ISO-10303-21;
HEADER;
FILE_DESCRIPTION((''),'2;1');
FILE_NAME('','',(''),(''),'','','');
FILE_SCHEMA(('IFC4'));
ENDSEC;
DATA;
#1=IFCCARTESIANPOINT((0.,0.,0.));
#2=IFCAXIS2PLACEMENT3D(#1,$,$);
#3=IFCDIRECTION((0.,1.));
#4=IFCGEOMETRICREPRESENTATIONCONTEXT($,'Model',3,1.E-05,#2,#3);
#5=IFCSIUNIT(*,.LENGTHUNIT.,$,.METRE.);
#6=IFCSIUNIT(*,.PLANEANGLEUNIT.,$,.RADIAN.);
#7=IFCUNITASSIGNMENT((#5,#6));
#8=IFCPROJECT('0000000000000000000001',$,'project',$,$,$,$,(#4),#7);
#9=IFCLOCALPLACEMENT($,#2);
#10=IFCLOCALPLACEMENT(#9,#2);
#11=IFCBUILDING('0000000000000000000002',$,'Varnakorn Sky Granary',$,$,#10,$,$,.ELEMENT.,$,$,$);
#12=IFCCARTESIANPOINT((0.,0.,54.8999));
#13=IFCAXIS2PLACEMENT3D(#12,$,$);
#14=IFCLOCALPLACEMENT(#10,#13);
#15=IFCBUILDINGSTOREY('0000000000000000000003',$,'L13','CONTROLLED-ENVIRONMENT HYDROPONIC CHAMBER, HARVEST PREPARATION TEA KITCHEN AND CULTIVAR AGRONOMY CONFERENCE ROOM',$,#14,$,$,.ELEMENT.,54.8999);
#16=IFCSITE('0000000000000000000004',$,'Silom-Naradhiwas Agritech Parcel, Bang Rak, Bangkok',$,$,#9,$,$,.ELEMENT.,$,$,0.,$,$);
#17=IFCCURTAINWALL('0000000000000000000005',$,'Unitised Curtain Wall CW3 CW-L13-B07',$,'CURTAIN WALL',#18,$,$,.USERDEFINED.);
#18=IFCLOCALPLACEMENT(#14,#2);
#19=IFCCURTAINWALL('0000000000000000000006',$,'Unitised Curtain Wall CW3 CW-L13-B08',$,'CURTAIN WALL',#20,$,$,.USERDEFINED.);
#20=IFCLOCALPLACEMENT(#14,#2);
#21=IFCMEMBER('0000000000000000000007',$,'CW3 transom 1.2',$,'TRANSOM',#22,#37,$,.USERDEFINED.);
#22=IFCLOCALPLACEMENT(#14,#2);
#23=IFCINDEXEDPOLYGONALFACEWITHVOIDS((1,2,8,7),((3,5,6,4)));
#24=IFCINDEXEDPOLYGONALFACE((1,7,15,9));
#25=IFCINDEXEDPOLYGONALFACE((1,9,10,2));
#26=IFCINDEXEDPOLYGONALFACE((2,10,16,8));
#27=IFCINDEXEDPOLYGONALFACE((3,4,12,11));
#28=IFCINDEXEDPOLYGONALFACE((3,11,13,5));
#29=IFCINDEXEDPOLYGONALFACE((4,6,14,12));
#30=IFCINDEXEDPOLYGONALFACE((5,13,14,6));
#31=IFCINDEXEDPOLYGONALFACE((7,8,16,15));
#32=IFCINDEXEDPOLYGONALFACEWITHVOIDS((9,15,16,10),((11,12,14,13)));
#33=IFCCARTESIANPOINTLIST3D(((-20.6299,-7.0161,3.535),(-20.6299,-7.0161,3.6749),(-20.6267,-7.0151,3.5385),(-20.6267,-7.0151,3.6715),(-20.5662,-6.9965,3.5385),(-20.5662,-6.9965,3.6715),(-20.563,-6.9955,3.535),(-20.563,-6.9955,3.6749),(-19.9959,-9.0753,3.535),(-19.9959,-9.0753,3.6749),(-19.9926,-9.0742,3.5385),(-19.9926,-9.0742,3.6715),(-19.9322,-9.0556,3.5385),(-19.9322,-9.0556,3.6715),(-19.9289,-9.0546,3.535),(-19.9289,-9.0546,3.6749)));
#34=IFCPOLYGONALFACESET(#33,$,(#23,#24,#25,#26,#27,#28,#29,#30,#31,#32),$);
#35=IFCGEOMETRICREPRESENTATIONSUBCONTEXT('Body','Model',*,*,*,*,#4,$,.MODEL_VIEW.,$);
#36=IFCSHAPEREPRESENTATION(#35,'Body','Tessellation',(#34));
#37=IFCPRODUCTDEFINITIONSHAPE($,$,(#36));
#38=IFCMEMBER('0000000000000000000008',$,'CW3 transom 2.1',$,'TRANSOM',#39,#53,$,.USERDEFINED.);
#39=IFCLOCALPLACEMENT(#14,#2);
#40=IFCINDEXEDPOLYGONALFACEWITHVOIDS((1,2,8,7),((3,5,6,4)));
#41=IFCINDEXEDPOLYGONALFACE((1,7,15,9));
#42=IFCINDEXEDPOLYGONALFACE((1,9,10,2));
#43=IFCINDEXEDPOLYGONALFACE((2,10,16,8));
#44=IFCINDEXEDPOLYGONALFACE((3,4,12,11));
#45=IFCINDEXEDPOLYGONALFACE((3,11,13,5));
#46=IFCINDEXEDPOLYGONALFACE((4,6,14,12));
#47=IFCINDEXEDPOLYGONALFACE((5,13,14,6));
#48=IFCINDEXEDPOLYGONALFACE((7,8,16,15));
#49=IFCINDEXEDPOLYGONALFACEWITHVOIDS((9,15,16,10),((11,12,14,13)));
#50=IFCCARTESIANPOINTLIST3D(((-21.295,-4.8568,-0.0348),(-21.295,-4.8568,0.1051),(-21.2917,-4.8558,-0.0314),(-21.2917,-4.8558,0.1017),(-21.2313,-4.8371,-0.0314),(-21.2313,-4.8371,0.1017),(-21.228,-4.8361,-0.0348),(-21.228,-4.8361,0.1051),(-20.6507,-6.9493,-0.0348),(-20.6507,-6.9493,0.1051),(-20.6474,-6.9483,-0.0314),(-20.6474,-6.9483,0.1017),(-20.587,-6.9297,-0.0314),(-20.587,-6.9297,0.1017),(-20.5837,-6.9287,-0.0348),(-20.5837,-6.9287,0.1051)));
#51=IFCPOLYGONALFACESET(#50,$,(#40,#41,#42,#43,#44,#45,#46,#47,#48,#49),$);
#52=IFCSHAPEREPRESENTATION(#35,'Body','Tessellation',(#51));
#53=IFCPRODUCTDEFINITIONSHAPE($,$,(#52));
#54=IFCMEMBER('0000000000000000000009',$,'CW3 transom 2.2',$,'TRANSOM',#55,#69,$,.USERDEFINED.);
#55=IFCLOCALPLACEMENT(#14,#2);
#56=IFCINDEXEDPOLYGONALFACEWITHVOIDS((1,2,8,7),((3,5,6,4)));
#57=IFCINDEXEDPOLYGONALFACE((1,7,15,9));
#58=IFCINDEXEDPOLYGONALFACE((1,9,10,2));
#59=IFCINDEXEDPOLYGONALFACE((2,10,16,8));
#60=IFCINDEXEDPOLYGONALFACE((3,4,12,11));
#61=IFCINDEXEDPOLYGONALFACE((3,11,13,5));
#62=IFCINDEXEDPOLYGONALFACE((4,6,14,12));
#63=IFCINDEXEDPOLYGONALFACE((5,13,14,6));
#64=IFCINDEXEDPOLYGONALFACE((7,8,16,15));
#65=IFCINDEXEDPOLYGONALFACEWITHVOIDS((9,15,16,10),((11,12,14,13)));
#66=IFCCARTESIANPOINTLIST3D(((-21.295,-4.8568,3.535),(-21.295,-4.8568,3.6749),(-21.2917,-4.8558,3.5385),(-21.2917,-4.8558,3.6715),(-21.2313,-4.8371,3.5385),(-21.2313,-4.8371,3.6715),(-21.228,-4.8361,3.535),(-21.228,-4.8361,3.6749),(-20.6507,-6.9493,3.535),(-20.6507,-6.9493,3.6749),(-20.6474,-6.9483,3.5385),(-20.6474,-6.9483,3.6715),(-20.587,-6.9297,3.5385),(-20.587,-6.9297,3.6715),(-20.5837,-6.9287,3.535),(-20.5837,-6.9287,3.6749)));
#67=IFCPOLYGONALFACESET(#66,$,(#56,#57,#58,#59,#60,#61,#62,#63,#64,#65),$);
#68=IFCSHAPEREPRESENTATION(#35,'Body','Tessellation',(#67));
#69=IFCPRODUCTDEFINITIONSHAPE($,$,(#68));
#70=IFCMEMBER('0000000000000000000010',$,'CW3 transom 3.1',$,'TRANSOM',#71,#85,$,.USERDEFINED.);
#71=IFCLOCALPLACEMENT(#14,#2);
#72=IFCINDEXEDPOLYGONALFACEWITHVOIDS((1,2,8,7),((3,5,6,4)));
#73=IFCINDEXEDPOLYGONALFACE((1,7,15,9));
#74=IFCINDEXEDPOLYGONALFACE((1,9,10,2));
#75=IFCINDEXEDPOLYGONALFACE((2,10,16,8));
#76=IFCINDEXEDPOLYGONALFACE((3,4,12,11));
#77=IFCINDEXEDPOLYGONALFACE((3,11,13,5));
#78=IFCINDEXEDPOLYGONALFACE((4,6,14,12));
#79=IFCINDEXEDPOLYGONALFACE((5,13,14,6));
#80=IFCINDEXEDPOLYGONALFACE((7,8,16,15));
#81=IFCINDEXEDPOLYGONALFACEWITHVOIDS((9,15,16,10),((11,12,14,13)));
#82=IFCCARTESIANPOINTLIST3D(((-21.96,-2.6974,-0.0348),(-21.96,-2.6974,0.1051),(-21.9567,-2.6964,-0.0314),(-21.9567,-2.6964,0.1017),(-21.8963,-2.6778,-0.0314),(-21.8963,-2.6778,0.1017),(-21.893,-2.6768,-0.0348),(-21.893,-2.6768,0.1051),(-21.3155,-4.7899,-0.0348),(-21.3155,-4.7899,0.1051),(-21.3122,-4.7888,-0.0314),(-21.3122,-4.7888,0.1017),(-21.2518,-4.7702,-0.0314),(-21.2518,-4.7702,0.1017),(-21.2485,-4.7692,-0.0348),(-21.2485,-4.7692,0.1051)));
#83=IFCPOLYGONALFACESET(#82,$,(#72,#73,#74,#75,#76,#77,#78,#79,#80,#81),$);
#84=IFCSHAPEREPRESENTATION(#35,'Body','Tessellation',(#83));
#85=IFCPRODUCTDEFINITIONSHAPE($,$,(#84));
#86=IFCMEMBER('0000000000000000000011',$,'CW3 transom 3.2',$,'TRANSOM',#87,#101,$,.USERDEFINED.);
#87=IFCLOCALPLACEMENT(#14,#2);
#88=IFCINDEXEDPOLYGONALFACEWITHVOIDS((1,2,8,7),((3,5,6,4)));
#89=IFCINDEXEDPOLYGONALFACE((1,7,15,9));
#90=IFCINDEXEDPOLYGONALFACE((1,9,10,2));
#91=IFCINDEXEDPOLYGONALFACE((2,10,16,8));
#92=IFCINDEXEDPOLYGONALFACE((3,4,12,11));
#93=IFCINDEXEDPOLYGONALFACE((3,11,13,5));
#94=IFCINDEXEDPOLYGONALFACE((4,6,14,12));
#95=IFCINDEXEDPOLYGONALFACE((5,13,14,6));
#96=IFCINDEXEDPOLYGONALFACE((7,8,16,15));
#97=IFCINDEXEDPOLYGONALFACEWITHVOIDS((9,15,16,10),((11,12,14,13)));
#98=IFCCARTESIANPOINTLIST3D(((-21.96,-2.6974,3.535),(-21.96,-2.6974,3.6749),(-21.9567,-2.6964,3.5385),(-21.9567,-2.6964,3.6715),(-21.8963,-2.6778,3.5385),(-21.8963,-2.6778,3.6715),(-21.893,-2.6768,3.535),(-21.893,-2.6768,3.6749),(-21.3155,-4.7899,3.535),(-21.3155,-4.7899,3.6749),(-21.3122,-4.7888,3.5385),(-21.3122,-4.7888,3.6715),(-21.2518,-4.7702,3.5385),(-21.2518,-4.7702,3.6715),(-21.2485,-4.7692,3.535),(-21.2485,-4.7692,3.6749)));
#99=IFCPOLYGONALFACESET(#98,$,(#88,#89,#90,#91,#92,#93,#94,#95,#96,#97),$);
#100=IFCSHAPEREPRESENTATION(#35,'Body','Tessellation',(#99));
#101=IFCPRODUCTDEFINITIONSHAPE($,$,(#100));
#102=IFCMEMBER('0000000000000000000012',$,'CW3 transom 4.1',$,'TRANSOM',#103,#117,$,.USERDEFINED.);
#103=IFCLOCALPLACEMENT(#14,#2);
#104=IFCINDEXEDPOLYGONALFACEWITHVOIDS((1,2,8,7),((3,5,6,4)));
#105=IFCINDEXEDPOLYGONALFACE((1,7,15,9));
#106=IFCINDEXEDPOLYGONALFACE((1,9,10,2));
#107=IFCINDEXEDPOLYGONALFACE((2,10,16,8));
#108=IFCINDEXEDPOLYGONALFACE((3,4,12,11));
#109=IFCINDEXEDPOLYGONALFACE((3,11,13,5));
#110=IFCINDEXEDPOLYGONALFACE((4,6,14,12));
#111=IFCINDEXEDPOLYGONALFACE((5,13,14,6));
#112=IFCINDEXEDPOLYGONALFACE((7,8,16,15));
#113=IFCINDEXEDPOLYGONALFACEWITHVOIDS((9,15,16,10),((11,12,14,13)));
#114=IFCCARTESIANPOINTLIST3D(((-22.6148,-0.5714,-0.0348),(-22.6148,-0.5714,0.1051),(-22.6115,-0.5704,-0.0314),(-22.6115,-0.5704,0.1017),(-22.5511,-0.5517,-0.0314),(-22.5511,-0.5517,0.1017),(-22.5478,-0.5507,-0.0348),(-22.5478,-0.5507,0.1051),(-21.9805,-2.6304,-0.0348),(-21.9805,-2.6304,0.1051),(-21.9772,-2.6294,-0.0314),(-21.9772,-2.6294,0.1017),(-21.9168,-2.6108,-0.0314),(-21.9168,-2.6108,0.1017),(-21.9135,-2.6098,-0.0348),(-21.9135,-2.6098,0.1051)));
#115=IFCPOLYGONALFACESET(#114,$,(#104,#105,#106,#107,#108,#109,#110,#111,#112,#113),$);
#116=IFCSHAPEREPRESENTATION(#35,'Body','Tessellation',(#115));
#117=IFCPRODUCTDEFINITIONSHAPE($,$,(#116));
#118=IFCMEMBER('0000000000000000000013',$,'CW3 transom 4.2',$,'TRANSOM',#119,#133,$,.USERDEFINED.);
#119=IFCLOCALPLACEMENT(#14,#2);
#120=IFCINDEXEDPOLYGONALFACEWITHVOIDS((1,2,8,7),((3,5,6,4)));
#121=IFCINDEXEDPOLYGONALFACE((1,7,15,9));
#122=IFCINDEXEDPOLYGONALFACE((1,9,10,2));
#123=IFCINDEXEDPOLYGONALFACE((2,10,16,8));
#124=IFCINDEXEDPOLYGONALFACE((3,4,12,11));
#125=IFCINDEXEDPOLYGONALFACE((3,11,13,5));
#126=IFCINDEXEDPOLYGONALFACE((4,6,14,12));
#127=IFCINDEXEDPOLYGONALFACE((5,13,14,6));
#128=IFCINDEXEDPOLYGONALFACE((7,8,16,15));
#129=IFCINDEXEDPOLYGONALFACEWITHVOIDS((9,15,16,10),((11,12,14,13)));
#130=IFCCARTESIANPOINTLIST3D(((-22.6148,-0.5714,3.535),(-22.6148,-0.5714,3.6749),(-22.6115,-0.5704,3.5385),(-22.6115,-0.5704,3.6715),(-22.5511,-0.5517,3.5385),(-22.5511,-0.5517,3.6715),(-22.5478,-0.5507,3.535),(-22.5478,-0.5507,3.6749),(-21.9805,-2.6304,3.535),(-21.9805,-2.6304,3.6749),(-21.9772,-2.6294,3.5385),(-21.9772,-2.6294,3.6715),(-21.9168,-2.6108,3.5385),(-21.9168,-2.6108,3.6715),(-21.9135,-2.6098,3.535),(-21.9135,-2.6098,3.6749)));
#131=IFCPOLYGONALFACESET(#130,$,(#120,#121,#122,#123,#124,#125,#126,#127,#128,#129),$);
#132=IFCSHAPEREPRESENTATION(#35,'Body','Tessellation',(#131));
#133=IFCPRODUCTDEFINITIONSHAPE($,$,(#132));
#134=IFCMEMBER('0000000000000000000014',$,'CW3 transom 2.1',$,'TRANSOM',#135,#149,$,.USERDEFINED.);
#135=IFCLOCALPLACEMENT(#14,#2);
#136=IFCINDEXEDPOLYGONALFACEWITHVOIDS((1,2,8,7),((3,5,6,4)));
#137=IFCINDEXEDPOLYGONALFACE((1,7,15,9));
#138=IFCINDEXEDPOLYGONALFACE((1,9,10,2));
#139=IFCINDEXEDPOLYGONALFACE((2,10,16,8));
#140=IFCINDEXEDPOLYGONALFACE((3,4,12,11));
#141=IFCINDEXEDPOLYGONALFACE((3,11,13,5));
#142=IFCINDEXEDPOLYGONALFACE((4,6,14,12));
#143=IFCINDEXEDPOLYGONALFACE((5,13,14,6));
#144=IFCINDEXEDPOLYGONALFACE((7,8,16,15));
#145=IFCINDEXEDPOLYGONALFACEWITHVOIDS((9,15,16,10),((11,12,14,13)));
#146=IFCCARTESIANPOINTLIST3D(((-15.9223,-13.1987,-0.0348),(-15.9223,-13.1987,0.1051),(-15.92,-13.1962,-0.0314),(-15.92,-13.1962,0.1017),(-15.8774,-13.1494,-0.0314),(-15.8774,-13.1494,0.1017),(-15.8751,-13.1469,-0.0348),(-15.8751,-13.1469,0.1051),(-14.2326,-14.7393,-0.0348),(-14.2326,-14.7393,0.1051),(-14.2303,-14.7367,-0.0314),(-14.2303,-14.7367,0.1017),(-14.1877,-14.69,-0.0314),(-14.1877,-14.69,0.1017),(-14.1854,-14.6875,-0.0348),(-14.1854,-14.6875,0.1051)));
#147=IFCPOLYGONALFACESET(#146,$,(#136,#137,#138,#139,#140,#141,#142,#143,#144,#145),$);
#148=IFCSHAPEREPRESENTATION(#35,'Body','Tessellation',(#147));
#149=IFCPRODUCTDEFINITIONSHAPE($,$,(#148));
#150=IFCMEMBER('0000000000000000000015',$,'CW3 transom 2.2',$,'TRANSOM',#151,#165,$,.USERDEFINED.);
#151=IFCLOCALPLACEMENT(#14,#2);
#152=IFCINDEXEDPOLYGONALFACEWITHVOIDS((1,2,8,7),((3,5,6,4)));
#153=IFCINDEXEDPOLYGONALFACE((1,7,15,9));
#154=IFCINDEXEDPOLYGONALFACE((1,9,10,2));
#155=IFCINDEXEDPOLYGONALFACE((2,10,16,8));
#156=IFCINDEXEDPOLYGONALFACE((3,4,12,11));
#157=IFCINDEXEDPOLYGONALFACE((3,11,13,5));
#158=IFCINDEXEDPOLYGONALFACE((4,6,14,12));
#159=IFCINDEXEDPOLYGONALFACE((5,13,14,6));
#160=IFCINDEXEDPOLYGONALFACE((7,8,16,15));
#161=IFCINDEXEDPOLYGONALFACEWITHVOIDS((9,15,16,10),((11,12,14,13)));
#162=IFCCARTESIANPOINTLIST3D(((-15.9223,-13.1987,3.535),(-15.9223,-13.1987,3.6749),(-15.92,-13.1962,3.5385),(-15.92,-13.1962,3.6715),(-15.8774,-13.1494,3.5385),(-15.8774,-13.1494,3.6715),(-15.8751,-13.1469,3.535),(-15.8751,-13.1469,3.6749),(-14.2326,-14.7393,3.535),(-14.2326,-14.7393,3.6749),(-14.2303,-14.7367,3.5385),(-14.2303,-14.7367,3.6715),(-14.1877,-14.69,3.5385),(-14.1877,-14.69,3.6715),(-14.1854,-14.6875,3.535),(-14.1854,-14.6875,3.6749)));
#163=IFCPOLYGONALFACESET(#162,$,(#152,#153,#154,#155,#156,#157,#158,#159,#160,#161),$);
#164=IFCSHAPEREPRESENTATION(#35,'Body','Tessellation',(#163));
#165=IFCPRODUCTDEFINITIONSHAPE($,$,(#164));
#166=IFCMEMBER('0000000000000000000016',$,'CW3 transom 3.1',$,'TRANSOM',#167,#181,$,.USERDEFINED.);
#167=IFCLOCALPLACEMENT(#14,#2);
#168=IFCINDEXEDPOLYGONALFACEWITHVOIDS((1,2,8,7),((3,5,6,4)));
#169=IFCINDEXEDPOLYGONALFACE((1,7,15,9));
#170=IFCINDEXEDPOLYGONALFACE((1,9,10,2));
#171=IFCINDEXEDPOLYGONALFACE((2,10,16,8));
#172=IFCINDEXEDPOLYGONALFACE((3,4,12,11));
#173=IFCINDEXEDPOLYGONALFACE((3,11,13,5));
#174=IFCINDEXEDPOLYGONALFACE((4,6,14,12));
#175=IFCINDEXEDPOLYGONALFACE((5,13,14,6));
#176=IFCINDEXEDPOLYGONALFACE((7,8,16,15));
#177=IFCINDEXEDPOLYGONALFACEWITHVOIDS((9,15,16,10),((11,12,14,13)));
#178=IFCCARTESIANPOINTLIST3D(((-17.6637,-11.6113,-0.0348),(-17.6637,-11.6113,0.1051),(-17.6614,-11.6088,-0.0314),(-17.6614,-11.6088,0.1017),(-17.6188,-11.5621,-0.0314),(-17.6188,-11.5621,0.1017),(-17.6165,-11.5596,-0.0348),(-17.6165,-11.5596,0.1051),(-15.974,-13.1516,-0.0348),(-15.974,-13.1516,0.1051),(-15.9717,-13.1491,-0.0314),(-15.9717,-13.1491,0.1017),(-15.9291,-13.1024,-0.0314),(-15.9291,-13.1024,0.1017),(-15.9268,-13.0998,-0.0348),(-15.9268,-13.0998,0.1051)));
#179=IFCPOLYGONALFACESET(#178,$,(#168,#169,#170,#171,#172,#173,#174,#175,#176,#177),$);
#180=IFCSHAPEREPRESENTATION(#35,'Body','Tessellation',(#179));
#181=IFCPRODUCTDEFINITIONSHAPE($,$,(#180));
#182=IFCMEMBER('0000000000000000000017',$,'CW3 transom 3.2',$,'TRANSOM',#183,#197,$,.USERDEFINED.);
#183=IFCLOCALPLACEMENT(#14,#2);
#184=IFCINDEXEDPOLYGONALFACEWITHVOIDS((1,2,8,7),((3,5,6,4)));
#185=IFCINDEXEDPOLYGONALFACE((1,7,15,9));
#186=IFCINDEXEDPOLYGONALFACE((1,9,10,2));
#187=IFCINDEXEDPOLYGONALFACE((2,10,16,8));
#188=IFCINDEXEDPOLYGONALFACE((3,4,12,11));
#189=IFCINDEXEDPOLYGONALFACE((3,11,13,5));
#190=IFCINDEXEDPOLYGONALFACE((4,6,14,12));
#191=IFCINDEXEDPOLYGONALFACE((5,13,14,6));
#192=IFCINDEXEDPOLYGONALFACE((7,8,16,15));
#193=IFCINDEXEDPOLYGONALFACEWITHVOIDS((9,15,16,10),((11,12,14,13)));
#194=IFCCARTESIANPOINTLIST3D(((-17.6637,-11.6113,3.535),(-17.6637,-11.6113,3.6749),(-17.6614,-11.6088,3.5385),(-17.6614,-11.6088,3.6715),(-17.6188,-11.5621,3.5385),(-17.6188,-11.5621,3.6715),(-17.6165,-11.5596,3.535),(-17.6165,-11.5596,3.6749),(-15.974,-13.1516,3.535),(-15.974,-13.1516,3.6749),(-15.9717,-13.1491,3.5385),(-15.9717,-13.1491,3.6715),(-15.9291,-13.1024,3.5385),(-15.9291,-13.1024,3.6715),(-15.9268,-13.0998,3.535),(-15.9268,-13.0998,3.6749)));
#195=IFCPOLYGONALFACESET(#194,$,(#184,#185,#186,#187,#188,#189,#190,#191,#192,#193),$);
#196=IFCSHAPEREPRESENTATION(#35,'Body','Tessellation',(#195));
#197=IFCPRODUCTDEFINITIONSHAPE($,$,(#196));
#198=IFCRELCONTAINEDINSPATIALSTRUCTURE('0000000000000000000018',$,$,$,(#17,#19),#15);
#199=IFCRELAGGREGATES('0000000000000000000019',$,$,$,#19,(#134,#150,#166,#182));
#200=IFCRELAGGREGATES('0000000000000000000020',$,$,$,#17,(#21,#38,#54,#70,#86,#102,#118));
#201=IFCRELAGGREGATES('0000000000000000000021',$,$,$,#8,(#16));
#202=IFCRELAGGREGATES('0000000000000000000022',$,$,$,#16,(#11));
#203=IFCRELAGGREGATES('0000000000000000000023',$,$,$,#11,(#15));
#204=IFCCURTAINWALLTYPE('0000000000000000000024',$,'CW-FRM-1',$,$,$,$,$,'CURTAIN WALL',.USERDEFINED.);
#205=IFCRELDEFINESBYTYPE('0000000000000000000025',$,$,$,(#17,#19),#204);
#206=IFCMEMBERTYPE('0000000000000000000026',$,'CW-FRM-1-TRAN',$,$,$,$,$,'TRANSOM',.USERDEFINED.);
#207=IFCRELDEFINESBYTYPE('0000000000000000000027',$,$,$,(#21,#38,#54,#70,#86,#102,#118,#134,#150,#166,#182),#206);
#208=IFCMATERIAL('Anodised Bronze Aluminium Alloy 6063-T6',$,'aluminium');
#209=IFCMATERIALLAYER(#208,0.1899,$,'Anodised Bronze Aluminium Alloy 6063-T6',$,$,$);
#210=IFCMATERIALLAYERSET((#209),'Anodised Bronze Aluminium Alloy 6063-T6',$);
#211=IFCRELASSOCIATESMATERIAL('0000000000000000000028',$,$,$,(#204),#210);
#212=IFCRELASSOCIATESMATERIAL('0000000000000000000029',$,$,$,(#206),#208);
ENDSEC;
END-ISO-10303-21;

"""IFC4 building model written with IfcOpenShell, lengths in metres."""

from ifc_helpers import new_model, si_unit, direction, frame, origin, origin_2d, place, context, subcontext, project, spatial, hollow_rectangle, extrude, material, layer, layer_set, material_profile, profile_set, type_object, element, aggregate, save


model = new_model("IFC4")

# Units and contexts
model_context = context("Model", 3, precision=1e-05, world=origin(), true_north=direction((0.0, 1.0)))
body_context = subcontext(model_context, "Body", "Model", "MODEL_VIEW")
ifc_project = project(units=[si_unit("LENGTHUNIT", "METRE"), si_unit("PLANEANGLEUNIT", "RADIAN")], contexts=[model_context])

# Site, building, storey
site_placement = place(None, origin())
site = spatial("IfcSite", under=ifc_project, at=site_placement, Name="Silom-Naradhiwas Agritech Parcel, Bang Rak, Bangkok", CompositionType="ELEMENT", RefElevation=0.0)
building_placement = place(site_placement, origin())
building = spatial("IfcBuilding", under=site, at=building_placement, Name="Varnakorn Sky Granary", CompositionType="ELEMENT")
storey_placement = place(building_placement, frame((0.0, 0.0, 54.8999)))
storey = spatial("IfcBuildingStorey", under=building, at=storey_placement, Name="L13", Description="CONTROLLED-ENVIRONMENT HYDROPONIC CHAMBER, HARVEST PREPARATION TEA KITCHEN AND CULTIVAR AGRONOMY CONFERENCE ROOM", CompositionType="ELEMENT", Elevation=54.8999)

# Curtain walls
ifc_material_1 = material(Name="Anodised Bronze Aluminium Alloy 6063-T6", Category="aluminium")
ifc_layer_1 = layer(ifc_material_1, 0.1899, Name="Anodised Bronze Aluminium Alloy 6063-T6")
ifc_layer_set_1 = layer_set([ifc_layer_1], Name="Anodised Bronze Aluminium Alloy 6063-T6")
curtain_wall_type = type_object("IfcCurtainWallType", Name="CW-FRM-1", ElementType="CURTAIN WALL", PredefinedType="USERDEFINED", material=ifc_layer_set_1)
curtain_wall_1_placement = place(storey_placement, origin())
curtain_wall_1 = element("IfcCurtainWall", 1, at=curtain_wall_1_placement, inside=storey, type_object=curtain_wall_type, Name="Unitised Curtain Wall CW3 CW-L13-B07", ObjectType="CURTAIN WALL", PredefinedType="USERDEFINED")
curtain_wall_2_placement = place(storey_placement, origin())
curtain_wall_2 = element("IfcCurtainWall", 2, at=curtain_wall_2_placement, inside=storey, type_object=curtain_wall_type, Name="Unitised Curtain Wall CW3 CW-L13-B08", ObjectType="CURTAIN WALL", PredefinedType="USERDEFINED")

# Members
ifc_material_profile_1 = material_profile(ifc_material_1, hollow_rectangle(XDim=0.0701, YDim=0.1399, WallThickness=0.0034, at=origin_2d()), Name="ALU TRAN 70x140")
ifc_profile_set_1 = profile_set([ifc_material_profile_1], Name="Anodised Bronze Aluminium Alloy 6063-T6")
member_type_1 = type_object("IfcMemberType", Name="CW-FRM-1-TRAN", ElementType="TRANSOM", PredefinedType="USERDEFINED", material=ifc_profile_set_1)
member_1_placement = place(storey_placement, frame((-19.9624, -9.0649, 3.605), z_axis=(-0.294285, 0.955718, 0.0), x_axis=(-0.955718, -0.294285, 0.0)))
member_1 = element("IfcMember", 3, at=member_1_placement, type_object=member_type_1, Name="CW3 transom 1.2", ObjectType="TRANSOM", PredefinedType="USERDEFINED", context=body_context, shape_type="SweptSolid", body=[
    extrude(hollow_rectangle(XDim=0.0701, YDim=0.1399, WallThickness=0.0034, at=origin_2d()), origin(), (0.0, 0.0, 1.0), 2.1545),
])
member_2_placement = place(storey_placement, frame((-20.6172, -6.939, 0.0352), z_axis=(-0.294266, 0.955724, 0.0), x_axis=(-0.955724, -0.294266, 0.0)))
member_2 = element("IfcMember", 4, at=member_2_placement, type_object=member_type_1, Name="CW3 transom 2.1", ObjectType="TRANSOM", PredefinedType="USERDEFINED", context=body_context, shape_type="SweptSolid", body=[
    extrude(hollow_rectangle(XDim=0.0701, YDim=0.1399, WallThickness=0.0034, at=origin_2d()), origin(), (0.0, 0.0, 1.0), 2.1895),
])
member_3_placement = place(storey_placement, frame((-20.6172, -6.939, 3.605), z_axis=(-0.294266, 0.955724, 0.0), x_axis=(-0.955724, -0.294266, 0.0)))
member_3 = element("IfcMember", 5, at=member_3_placement, type_object=member_type_1, Name="CW3 transom 2.2", ObjectType="TRANSOM", PredefinedType="USERDEFINED", context=body_context, shape_type="SweptSolid", body=[
    extrude(hollow_rectangle(XDim=0.0701, YDim=0.1399, WallThickness=0.0034, at=origin_2d()), origin(), (0.0, 0.0, 1.0), 2.1895),
])
member_4_placement = place(storey_placement, frame((-21.282, -4.7795, 0.0352), z_axis=(-0.294368, 0.955692, 0.0), x_axis=(-0.955692, -0.294368, 0.0)))
member_4 = element("IfcMember", 6, at=member_4_placement, type_object=member_type_1, Name="CW3 transom 3.1", ObjectType="TRANSOM", PredefinedType="USERDEFINED", context=body_context, shape_type="SweptSolid", body=[
    extrude(hollow_rectangle(XDim=0.0701, YDim=0.1399, WallThickness=0.0034, at=origin_2d()), origin(), (0.0, 0.0, 1.0), 2.1895),
])
member_5_placement = place(storey_placement, frame((-21.282, -4.7795, 3.605), z_axis=(-0.294368, 0.955692, 0.0), x_axis=(-0.955692, -0.294368, 0.0)))
member_5 = element("IfcMember", 7, at=member_5_placement, type_object=member_type_1, Name="CW3 transom 3.2", ObjectType="TRANSOM", PredefinedType="USERDEFINED", context=body_context, shape_type="SweptSolid", body=[
    extrude(hollow_rectangle(XDim=0.0701, YDim=0.1399, WallThickness=0.0034, at=origin_2d()), origin(), (0.0, 0.0, 1.0), 2.1895),
])
member_6_placement = place(storey_placement, frame((-21.947, -2.6201, 0.0352), z_axis=(-0.294388, 0.955686, 0.0), x_axis=(-0.955686, -0.294388, 0.0)))
member_6 = element("IfcMember", 8, at=member_6_placement, type_object=member_type_1, Name="CW3 transom 4.1", ObjectType="TRANSOM", PredefinedType="USERDEFINED", context=body_context, shape_type="SweptSolid", body=[
    extrude(hollow_rectangle(XDim=0.0701, YDim=0.1399, WallThickness=0.0034, at=origin_2d()), origin(), (0.0, 0.0, 1.0), 2.1545),
])
member_7_placement = place(storey_placement, frame((-21.947, -2.6201, 3.605), z_axis=(-0.294388, 0.955686, 0.0), x_axis=(-0.955686, -0.294388, 0.0)))
member_7 = element("IfcMember", 9, at=member_7_placement, type_object=member_type_1, Name="CW3 transom 4.2", ObjectType="TRANSOM", PredefinedType="USERDEFINED", context=body_context, shape_type="SweptSolid", body=[
    extrude(hollow_rectangle(XDim=0.0701, YDim=0.1399, WallThickness=0.0034, at=origin_2d()), origin(), (0.0, 0.0, 1.0), 2.1545),
])
member_8_placement = place(storey_placement, frame((-14.209, -14.7134, 0.0352), z_axis=(-0.738973, 0.673735, 0.0), x_axis=(-0.673735, -0.738973, 0.0)))
member_8 = element("IfcMember", 10, at=member_8_placement, type_object=member_type_1, Name="CW3 transom 2.1", ObjectType="TRANSOM", PredefinedType="USERDEFINED", context=body_context, shape_type="SweptSolid", body=[
    extrude(hollow_rectangle(XDim=0.0701, YDim=0.1399, WallThickness=0.0034, at=origin_2d()), origin(), (0.0, 0.0, 1.0), 2.2866),
])
member_9_placement = place(storey_placement, frame((-14.209, -14.7134, 3.605), z_axis=(-0.738973, 0.673735, 0.0), x_axis=(-0.673735, -0.738973, 0.0)))
member_9 = element("IfcMember", 11, at=member_9_placement, type_object=member_type_1, Name="CW3 transom 2.2", ObjectType="TRANSOM", PredefinedType="USERDEFINED", context=body_context, shape_type="SweptSolid", body=[
    extrude(hollow_rectangle(XDim=0.0701, YDim=0.1399, WallThickness=0.0034, at=origin_2d()), origin(), (0.0, 0.0, 1.0), 2.2866),
])
member_10_placement = place(storey_placement, frame((-15.9504, -13.1257, 0.0352), z_axis=(-0.739026, 0.673677, 0.0), x_axis=(-0.673677, -0.739026, 0.0)))
member_10 = element("IfcMember", 12, at=member_10_placement, type_object=member_type_1, Name="CW3 transom 3.1", ObjectType="TRANSOM", PredefinedType="USERDEFINED", context=body_context, shape_type="SweptSolid", body=[
    extrude(hollow_rectangle(XDim=0.0701, YDim=0.1399, WallThickness=0.0034, at=origin_2d()), origin(), (0.0, 0.0, 1.0), 2.2864),
])
member_11_placement = place(storey_placement, frame((-15.9504, -13.1257, 3.605), z_axis=(-0.739026, 0.673677, 0.0), x_axis=(-0.673677, -0.739026, 0.0)))
member_11 = element("IfcMember", 13, at=member_11_placement, type_object=member_type_1, Name="CW3 transom 3.2", ObjectType="TRANSOM", PredefinedType="USERDEFINED", context=body_context, shape_type="SweptSolid", body=[
    extrude(hollow_rectangle(XDim=0.0701, YDim=0.1399, WallThickness=0.0034, at=origin_2d()), origin(), (0.0, 0.0, 1.0), 2.2864),
])

aggregate(curtain_wall_2, [member_8, member_9, member_10, member_11])
aggregate(curtain_wall_1, [member_1, member_2, member_3, member_4, member_5, member_6, member_7])

save(model, "model.ifc")
